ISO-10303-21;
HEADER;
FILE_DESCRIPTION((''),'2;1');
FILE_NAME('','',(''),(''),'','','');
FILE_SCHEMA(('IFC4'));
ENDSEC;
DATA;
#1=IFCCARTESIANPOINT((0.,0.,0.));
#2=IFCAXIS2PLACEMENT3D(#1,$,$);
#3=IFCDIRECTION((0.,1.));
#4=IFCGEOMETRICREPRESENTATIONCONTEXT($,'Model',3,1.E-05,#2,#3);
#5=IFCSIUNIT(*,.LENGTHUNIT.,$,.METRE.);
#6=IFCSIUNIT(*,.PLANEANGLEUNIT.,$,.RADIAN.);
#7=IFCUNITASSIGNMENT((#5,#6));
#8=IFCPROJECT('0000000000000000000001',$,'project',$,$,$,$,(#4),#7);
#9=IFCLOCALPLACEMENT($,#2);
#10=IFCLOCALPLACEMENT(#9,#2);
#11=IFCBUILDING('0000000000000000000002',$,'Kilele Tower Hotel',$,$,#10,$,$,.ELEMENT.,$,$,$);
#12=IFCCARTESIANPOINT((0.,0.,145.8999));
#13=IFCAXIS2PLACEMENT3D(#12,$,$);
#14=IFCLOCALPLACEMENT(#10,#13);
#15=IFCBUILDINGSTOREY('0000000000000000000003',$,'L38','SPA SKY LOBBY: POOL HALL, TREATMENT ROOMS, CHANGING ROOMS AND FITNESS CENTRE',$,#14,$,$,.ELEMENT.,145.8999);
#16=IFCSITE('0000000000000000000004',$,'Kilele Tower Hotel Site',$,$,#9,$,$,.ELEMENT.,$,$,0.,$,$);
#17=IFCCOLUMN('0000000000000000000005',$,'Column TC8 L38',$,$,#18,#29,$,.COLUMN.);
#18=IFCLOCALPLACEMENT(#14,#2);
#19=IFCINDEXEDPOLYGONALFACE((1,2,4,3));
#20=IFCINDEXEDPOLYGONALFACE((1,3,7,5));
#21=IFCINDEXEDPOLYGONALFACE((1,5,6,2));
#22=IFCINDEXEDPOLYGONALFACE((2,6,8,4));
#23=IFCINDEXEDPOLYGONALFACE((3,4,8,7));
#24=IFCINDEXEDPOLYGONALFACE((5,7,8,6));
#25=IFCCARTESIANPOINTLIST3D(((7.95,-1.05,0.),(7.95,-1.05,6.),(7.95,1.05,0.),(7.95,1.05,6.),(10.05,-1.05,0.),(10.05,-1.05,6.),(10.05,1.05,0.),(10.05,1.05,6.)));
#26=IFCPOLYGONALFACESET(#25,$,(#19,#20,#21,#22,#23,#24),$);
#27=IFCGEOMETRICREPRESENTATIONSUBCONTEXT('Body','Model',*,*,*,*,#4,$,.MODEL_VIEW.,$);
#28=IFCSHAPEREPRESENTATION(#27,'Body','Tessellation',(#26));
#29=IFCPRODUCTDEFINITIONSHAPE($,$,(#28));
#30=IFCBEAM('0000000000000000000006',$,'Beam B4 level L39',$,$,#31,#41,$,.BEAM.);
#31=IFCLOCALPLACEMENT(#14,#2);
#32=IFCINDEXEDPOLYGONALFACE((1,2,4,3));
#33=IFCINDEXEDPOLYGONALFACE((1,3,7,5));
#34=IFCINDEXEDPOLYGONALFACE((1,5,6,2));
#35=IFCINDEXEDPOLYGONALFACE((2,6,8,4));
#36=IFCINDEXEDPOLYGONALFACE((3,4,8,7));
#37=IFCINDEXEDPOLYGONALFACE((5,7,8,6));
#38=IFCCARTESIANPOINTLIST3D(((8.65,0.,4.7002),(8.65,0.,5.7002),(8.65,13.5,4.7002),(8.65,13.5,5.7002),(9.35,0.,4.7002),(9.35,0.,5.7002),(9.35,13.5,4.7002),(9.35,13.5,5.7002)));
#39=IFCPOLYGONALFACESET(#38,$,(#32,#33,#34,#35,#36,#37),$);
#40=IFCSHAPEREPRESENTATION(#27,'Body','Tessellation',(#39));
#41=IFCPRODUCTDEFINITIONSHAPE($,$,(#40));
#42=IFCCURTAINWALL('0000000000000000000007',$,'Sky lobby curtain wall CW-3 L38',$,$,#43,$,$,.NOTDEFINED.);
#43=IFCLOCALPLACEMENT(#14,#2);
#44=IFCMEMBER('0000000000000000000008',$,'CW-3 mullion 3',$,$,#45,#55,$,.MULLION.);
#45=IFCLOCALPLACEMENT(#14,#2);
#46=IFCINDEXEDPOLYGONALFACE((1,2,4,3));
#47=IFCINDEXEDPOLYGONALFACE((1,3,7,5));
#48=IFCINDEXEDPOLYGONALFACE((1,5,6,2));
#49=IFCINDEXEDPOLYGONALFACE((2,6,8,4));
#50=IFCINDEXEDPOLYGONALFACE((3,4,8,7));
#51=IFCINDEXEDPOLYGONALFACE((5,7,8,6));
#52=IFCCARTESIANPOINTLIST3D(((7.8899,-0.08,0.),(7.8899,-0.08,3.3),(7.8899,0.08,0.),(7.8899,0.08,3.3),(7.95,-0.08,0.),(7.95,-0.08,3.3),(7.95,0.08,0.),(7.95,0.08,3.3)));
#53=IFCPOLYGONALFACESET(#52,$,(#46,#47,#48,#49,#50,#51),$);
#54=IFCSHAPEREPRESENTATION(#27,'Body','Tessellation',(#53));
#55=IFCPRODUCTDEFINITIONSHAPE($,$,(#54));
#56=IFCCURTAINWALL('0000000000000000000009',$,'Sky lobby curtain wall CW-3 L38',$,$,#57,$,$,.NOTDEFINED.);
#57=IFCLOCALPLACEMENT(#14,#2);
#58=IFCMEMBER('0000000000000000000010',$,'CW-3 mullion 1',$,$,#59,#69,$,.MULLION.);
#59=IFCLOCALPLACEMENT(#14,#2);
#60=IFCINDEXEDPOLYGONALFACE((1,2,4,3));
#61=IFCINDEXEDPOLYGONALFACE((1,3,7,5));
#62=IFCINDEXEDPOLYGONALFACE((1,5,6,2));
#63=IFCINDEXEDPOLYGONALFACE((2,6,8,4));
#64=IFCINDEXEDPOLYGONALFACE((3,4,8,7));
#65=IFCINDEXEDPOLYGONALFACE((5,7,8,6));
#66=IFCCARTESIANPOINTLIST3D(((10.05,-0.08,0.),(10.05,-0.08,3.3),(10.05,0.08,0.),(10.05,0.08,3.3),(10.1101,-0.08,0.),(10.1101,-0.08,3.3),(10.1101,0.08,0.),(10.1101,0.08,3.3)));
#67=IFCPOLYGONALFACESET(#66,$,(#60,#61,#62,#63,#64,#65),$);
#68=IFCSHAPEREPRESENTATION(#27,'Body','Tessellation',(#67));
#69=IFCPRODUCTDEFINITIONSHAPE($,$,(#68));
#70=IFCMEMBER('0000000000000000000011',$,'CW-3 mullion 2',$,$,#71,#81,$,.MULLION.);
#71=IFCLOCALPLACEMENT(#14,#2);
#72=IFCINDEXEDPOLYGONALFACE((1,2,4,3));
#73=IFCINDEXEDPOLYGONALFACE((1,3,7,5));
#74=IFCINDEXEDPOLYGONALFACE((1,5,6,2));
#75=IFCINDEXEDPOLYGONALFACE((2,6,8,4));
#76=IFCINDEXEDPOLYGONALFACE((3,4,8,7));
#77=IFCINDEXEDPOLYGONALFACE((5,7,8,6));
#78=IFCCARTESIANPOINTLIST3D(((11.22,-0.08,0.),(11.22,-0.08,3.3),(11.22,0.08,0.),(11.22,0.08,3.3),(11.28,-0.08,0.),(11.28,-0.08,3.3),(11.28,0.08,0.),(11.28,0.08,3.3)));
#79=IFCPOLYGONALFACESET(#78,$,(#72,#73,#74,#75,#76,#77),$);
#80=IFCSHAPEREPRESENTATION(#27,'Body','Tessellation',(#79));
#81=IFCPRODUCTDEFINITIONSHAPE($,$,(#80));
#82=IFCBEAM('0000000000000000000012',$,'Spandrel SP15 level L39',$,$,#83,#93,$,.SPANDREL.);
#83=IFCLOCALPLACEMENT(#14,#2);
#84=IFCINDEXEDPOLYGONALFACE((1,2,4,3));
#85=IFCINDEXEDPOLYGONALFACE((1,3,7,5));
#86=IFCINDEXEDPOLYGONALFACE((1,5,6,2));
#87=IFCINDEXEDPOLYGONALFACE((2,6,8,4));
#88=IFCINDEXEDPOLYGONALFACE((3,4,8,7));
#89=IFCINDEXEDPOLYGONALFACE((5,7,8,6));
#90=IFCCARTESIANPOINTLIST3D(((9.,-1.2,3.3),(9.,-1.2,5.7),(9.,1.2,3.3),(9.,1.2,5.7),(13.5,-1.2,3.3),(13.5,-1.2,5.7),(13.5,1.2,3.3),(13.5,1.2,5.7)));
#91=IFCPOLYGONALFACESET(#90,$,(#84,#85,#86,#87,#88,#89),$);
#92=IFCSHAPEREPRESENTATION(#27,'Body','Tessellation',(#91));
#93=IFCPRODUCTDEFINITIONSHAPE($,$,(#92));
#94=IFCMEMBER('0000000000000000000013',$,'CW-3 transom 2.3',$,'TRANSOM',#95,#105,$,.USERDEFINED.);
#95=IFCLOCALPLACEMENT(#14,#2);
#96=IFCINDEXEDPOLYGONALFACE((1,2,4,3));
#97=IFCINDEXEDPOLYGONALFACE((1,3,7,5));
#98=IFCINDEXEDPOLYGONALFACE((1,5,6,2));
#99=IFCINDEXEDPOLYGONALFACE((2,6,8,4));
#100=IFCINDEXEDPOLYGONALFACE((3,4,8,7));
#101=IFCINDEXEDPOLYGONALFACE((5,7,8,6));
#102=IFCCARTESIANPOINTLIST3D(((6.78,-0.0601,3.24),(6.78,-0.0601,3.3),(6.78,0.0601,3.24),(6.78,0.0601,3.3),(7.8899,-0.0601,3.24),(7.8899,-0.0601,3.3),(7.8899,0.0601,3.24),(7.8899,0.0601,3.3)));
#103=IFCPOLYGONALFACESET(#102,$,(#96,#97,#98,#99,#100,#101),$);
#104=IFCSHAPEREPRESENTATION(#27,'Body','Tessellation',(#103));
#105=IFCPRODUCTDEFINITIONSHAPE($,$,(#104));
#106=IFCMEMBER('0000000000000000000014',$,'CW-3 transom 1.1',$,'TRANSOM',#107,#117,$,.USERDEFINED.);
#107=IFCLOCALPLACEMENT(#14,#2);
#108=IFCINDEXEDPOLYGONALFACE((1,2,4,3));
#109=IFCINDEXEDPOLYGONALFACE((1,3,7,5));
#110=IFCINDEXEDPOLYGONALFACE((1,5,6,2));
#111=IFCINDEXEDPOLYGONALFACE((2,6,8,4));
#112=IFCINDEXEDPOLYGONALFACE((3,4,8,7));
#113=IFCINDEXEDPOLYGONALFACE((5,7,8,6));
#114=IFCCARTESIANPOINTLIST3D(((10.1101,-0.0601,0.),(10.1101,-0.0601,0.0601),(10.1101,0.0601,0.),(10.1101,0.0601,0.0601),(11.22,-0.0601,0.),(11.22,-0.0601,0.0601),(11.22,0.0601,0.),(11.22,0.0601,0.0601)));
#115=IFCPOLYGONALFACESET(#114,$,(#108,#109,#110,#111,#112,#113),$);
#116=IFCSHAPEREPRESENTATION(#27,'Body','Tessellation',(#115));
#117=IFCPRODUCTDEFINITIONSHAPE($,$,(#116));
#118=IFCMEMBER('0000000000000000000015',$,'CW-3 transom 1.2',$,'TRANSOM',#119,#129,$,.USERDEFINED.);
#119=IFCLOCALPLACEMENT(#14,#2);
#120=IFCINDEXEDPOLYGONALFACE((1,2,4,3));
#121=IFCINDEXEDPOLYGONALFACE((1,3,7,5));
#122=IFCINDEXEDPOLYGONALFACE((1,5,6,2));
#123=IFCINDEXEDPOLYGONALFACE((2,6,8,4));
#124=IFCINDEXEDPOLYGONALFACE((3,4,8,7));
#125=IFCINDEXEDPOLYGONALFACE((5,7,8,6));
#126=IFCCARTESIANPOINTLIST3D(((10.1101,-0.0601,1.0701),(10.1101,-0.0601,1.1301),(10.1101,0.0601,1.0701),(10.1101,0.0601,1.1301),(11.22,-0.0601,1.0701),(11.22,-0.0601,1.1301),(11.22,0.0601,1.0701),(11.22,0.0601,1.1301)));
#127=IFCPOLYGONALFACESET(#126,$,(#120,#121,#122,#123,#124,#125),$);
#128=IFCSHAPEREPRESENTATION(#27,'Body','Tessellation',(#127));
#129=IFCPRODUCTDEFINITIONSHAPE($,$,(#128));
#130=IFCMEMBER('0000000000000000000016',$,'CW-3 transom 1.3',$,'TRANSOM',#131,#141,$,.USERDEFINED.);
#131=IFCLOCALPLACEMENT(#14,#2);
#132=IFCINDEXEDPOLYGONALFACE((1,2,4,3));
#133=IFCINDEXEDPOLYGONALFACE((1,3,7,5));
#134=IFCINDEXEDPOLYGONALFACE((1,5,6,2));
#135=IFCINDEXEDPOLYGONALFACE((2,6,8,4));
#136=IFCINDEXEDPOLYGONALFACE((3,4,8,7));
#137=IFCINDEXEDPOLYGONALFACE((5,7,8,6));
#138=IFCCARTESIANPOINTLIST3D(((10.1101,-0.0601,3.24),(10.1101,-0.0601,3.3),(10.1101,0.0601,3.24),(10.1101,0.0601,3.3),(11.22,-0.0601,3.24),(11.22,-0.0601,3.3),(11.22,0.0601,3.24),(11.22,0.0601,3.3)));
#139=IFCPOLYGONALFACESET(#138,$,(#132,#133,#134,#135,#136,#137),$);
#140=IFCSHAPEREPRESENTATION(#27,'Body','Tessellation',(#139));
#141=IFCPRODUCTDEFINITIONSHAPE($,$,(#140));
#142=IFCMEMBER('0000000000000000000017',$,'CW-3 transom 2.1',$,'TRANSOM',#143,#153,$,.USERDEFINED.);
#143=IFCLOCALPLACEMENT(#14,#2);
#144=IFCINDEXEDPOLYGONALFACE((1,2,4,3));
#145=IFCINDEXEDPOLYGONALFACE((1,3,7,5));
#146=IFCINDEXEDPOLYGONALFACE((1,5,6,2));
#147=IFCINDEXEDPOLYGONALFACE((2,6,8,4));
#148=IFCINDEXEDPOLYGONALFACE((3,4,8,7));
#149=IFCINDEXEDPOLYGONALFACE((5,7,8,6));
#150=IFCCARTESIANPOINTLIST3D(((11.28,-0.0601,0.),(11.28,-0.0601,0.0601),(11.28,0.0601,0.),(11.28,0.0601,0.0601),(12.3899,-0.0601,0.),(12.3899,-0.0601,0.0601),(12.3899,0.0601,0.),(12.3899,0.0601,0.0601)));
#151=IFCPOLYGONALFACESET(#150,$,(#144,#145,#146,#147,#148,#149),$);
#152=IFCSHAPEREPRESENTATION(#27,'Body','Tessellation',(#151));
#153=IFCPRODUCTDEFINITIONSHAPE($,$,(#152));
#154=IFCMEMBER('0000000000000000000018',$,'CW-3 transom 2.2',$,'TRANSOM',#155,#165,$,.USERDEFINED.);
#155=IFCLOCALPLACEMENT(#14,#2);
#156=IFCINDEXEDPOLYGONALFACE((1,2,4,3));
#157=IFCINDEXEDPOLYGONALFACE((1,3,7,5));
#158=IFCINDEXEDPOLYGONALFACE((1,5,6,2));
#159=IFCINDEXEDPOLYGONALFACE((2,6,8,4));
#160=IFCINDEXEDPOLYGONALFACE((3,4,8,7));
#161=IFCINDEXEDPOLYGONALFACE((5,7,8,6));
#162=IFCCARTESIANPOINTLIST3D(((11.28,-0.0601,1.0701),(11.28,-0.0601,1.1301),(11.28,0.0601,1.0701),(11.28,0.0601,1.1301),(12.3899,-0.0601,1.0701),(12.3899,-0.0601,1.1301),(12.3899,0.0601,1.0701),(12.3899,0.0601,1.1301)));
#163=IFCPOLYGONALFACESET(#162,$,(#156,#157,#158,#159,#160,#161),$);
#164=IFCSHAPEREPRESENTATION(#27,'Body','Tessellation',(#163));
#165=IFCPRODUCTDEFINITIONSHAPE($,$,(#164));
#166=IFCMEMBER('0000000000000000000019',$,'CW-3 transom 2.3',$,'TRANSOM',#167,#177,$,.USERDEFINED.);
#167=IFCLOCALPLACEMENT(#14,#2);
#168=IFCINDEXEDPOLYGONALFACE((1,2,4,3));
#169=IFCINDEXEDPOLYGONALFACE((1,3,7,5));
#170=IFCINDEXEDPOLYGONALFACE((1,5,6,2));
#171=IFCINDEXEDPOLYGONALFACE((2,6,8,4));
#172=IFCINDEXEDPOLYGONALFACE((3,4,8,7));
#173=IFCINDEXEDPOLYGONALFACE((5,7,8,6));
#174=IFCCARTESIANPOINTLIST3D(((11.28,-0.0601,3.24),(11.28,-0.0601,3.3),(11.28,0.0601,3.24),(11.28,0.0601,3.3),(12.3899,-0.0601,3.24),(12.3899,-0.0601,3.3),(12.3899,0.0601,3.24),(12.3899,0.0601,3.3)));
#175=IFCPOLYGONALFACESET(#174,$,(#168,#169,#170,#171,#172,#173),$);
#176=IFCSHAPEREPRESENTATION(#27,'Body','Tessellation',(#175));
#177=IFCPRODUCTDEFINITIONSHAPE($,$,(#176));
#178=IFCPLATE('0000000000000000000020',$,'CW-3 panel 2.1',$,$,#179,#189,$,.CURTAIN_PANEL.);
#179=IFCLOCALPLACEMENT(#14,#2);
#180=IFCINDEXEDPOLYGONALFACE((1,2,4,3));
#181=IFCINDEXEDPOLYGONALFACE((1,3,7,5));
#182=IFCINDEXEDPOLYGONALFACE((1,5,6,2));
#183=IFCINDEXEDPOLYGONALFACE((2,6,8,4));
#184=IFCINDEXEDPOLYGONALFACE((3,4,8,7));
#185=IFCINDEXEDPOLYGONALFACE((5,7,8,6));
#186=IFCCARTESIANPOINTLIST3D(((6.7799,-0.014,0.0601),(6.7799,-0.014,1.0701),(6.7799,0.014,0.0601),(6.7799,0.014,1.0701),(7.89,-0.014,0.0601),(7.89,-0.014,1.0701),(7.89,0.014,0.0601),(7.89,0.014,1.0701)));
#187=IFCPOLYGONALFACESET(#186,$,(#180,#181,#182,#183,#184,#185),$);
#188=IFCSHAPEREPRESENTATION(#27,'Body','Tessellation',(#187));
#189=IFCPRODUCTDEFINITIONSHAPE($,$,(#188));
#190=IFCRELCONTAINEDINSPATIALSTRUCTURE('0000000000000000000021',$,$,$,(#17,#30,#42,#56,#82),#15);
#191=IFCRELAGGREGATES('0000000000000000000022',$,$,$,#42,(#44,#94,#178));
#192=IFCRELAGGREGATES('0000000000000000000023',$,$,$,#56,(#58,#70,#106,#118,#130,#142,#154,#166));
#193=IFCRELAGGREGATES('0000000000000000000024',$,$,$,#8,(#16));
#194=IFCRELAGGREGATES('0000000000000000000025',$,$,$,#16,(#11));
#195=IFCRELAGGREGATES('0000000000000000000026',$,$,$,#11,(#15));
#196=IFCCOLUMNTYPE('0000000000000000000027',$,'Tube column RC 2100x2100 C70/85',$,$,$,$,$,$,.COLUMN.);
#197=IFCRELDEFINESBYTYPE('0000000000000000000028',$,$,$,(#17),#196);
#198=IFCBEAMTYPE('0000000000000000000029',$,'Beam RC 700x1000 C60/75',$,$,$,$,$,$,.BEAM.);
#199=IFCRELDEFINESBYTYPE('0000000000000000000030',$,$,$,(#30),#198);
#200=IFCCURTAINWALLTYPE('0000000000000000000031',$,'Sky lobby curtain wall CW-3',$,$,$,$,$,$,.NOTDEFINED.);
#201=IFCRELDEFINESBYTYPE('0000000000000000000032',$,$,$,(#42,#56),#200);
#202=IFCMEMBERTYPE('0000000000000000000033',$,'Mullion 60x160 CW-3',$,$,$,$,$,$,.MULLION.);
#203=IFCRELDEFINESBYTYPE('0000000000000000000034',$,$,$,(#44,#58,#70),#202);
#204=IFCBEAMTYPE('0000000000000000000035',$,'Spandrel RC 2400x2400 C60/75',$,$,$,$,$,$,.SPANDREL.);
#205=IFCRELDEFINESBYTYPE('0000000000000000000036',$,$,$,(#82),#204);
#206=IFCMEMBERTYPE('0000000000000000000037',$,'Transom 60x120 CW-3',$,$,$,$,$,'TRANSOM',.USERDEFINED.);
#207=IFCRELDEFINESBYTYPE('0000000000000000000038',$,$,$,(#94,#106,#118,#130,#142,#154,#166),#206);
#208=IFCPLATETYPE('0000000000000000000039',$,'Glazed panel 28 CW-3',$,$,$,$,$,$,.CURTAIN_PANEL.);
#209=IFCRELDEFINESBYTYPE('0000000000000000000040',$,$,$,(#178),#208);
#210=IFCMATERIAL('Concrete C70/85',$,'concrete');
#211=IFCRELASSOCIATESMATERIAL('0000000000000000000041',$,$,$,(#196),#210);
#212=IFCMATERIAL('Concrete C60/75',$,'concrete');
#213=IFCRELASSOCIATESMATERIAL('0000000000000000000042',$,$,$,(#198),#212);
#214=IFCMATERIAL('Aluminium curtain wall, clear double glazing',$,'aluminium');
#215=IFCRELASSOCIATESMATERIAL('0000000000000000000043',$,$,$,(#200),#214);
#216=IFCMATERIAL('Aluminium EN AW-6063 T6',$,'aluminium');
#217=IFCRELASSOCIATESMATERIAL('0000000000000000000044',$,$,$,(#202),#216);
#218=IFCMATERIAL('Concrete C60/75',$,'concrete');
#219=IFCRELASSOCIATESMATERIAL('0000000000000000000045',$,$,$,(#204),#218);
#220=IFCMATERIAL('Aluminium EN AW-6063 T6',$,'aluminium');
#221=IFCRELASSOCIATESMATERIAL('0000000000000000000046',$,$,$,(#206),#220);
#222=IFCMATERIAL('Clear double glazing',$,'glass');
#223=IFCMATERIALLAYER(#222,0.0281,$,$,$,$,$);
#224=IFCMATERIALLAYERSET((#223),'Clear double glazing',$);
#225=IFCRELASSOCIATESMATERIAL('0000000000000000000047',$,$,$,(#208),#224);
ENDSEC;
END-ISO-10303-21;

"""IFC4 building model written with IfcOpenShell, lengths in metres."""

from ifc_helpers import new_model, si_unit, direction, frame, origin, origin_2d, place, context, subcontext, project, spatial, rectangle, extrude, material, layer, layer_set, material_profile, profile_set, type_object, element, aggregate, save


model = new_model("IFC4")

# Units and contexts
model_context = context("Model", 3, precision=1e-05, world=origin(), true_north=direction((0.0, 1.0)))
body_context = subcontext(model_context, "Body", "Model", "MODEL_VIEW")
ifc_project = project(units=[si_unit("LENGTHUNIT", "METRE"), si_unit("PLANEANGLEUNIT", "RADIAN")], contexts=[model_context])

# Site, building, storey
site_placement = place(None, origin())
site = spatial("IfcSite", under=ifc_project, at=site_placement, Name="Kilele Tower Hotel Site", CompositionType="ELEMENT", RefElevation=0.0)
building_placement = place(site_placement, origin())
building = spatial("IfcBuilding", under=site, at=building_placement, Name="Kilele Tower Hotel", CompositionType="ELEMENT")
storey_placement = place(building_placement, frame((0.0, 0.0, 145.8999)))
storey = spatial("IfcBuildingStorey", under=building, at=storey_placement, Name="L38", Description="SPA SKY LOBBY: POOL HALL, TREATMENT ROOMS, CHANGING ROOMS AND FITNESS CENTRE", CompositionType="ELEMENT", Elevation=145.8999)

# Column
ifc_material_1 = material(Name="Concrete C70/85", Category="concrete")
ifc_material_profile_1 = material_profile(ifc_material_1, rectangle(XDim=2.1001, YDim=2.1001, at=origin_2d()))
ifc_profile_set_1 = profile_set([ifc_material_profile_1], Name="Concrete C70/85")
column_type = type_object("IfcColumnType", Name="Tube column RC 2100x2100 C70/85", PredefinedType="COLUMN", material=ifc_profile_set_1)
column_placement = place(storey_placement, frame((9.0, 0.0, 0.0), z_axis=(0.0, 0.0, 1.0), x_axis=(1.0, 0.0, 0.0)))
element("IfcColumn", 1, at=column_placement, inside=storey, type_object=column_type, Name="Column TC8 L38", PredefinedType="COLUMN", context=body_context, shape_type="SweptSolid", body=[
    extrude(rectangle(XDim=2.1001, YDim=2.1001, at=origin_2d()), origin(), (0.0, 0.0, 1.0), 6.0),
])

# Beam
ifc_material_2 = material(Name="Concrete C60/75", Category="concrete")
ifc_material_profile_2 = material_profile(ifc_material_2, rectangle(XDim=0.7, YDim=1.0, at=origin_2d()))
ifc_profile_set_2 = profile_set([ifc_material_profile_2], Name="Concrete C60/75")
beam_type_1 = type_object("IfcBeamType", Name="Beam RC 700x1000 C60/75", PredefinedType="BEAM", material=ifc_profile_set_2)
beam_1_placement = place(storey_placement, frame((9.0, 0.0, 5.2002), z_axis=(0.0, 1.0, 0.0), x_axis=(-1.0, 0.0, 0.0)))
element("IfcBeam", 2, at=beam_1_placement, inside=storey, type_object=beam_type_1, Name="Beam B4 level L39", PredefinedType="BEAM", context=body_context, shape_type="SweptSolid", body=[
    extrude(rectangle(XDim=0.7, YDim=1.0, at=origin_2d()), origin(), (0.0, 0.0, 1.0), 13.5),
])

# Curtain wall, member
ifc_material_3 = material(Name="Aluminium curtain wall, clear double glazing", Category="aluminium")
curtain_wall_type = type_object("IfcCurtainWallType", Name="Sky lobby curtain wall CW-3", PredefinedType="NOTDEFINED", material=ifc_material_3)
curtain_wall_1_placement = place(storey_placement, origin())
curtain_wall_1 = element("IfcCurtainWall", 3, at=curtain_wall_1_placement, inside=storey, type_object=curtain_wall_type, Name="Sky lobby curtain wall CW-3 L38", PredefinedType="NOTDEFINED")
ifc_material_4 = material(Name="Aluminium EN AW-6063 T6", Category="aluminium")
ifc_material_profile_3 = material_profile(ifc_material_4, rectangle(XDim=0.1599, YDim=0.0601, at=origin_2d()))
ifc_profile_set_3 = profile_set([ifc_material_profile_3], Name="Aluminium EN AW-6063 T6")
member_type_1 = type_object("IfcMemberType", Name="Mullion 60x160 CW-3", PredefinedType="MULLION", material=ifc_profile_set_3)
member_1_placement = place(storey_placement, frame((7.9199, 0.0, 0.0), z_axis=(0.0, 0.0, 1.0), x_axis=(0.0, 1.0, 0.0)))
member_1 = element("IfcMember", 4, at=member_1_placement, type_object=member_type_1, Name="CW-3 mullion 3", PredefinedType="MULLION", context=body_context, shape_type="SweptSolid", body=[
    extrude(rectangle(XDim=0.1599, YDim=0.0601, at=origin_2d()), origin(), (0.0, 0.0, 1.0), 3.3),
])

# Curtain wall, members
curtain_wall_2_placement = place(storey_placement, origin())
curtain_wall_2 = element("IfcCurtainWall", 5, at=curtain_wall_2_placement, inside=storey, type_object=curtain_wall_type, Name="Sky lobby curtain wall CW-3 L38", PredefinedType="NOTDEFINED")
member_2_placement = place(storey_placement, frame((10.0801, 0.0, 0.0), z_axis=(0.0, 0.0, 1.0), x_axis=(0.0, 1.0, 0.0)))
member_2 = element("IfcMember", 6, at=member_2_placement, type_object=member_type_1, Name="CW-3 mullion 1", PredefinedType="MULLION", context=body_context, shape_type="SweptSolid", body=[
    extrude(rectangle(XDim=0.1599, YDim=0.0601, at=origin_2d()), origin(), (0.0, 0.0, 1.0), 3.3),
])
member_3_placement = place(storey_placement, frame((11.25, 0.0, 0.0), z_axis=(0.0, 0.0, 1.0), x_axis=(0.0, 1.0, 0.0)))
member_3 = element("IfcMember", 7, at=member_3_placement, type_object=member_type_1, Name="CW-3 mullion 2", PredefinedType="MULLION", context=body_context, shape_type="SweptSolid", body=[
    extrude(rectangle(XDim=0.1599, YDim=0.0601, at=origin_2d()), origin(), (0.0, 0.0, 1.0), 3.3),
])

# Beam
ifc_material_5 = material(Name="Concrete C60/75", Category="concrete")
ifc_material_profile_4 = material_profile(ifc_material_5, rectangle(XDim=2.3999, YDim=2.3999, at=origin_2d()))
ifc_profile_set_4 = profile_set([ifc_material_profile_4], Name="Concrete C60/75")
beam_type_2 = type_object("IfcBeamType", Name="Spandrel RC 2400x2400 C60/75", PredefinedType="SPANDREL", material=ifc_profile_set_4)
beam_2_placement = place(storey_placement, frame((9.0, 0.0, 4.5), z_axis=(1.0, 0.0, 0.0), x_axis=(0.0, 1.0, 0.0)))
element("IfcBeam", 8, at=beam_2_placement, inside=storey, type_object=beam_type_2, Name="Spandrel SP15 level L39", PredefinedType="SPANDREL", context=body_context, shape_type="SweptSolid", body=[
    extrude(rectangle(XDim=2.3999, YDim=2.3999, at=origin_2d()), origin(), (0.0, 0.0, 1.0), 4.5),
])

# Members
ifc_material_6 = material(Name="Aluminium EN AW-6063 T6", Category="aluminium")
ifc_material_profile_5 = material_profile(ifc_material_6, rectangle(XDim=0.1201, YDim=0.0601, at=origin_2d()))
ifc_profile_set_5 = profile_set([ifc_material_profile_5], Name="Aluminium EN AW-6063 T6")
member_type_2 = type_object("IfcMemberType", Name="Transom 60x120 CW-3", ElementType="TRANSOM", PredefinedType="USERDEFINED", material=ifc_profile_set_5)
member_4_placement = place(storey_placement, frame((6.78, 0.0, 3.27), z_axis=(1.0, 0.0, 0.0), x_axis=(0.0, 1.0, 0.0)))
member_4 = element("IfcMember", 9, at=member_4_placement, type_object=member_type_2, Name="CW-3 transom 2.3", ObjectType="TRANSOM", PredefinedType="USERDEFINED", context=body_context, shape_type="SweptSolid", body=[
    extrude(rectangle(XDim=0.1201, YDim=0.0601, at=origin_2d()), origin(), (0.0, 0.0, 1.0), 1.1099),
])
member_5_placement = place(storey_placement, frame((10.1101, 0.0, 0.03), z_axis=(1.0, 0.0, 0.0), x_axis=(0.0, 1.0, 0.0)))
member_5 = element("IfcMember", 10, at=member_5_placement, type_object=member_type_2, Name="CW-3 transom 1.1", ObjectType="TRANSOM", PredefinedType="USERDEFINED", context=body_context, shape_type="SweptSolid", body=[
    extrude(rectangle(XDim=0.1201, YDim=0.0601, at=origin_2d()), origin(), (0.0, 0.0, 1.0), 1.1099),
])
member_6_placement = place(storey_placement, frame((10.1101, 0.0, 1.1001), z_axis=(1.0, 0.0, 0.0), x_axis=(0.0, 1.0, 0.0)))
member_6 = element("IfcMember", 11, at=member_6_placement, type_object=member_type_2, Name="CW-3 transom 1.2", ObjectType="TRANSOM", PredefinedType="USERDEFINED", context=body_context, shape_type="SweptSolid", body=[
    extrude(rectangle(XDim=0.1201, YDim=0.0601, at=origin_2d()), origin(), (0.0, 0.0, 1.0), 1.1099),
])
member_7_placement = place(storey_placement, frame((10.1101, 0.0, 3.27), z_axis=(1.0, 0.0, 0.0), x_axis=(0.0, 1.0, 0.0)))
member_7 = element("IfcMember", 12, at=member_7_placement, type_object=member_type_2, Name="CW-3 transom 1.3", ObjectType="TRANSOM", PredefinedType="USERDEFINED", context=body_context, shape_type="SweptSolid", body=[
    extrude(rectangle(XDim=0.1201, YDim=0.0601, at=origin_2d()), origin(), (0.0, 0.0, 1.0), 1.1099),
])
member_8_placement = place(storey_placement, frame((11.28, 0.0, 0.03), z_axis=(1.0, 0.0, 0.0), x_axis=(0.0, 1.0, 0.0)))
member_8 = element("IfcMember", 13, at=member_8_placement, type_object=member_type_2, Name="CW-3 transom 2.1", ObjectType="TRANSOM", PredefinedType="USERDEFINED", context=body_context, shape_type="SweptSolid", body=[
    extrude(rectangle(XDim=0.1201, YDim=0.0601, at=origin_2d()), origin(), (0.0, 0.0, 1.0), 1.1099),
])
member_9_placement = place(storey_placement, frame((11.28, 0.0, 1.1001), z_axis=(1.0, 0.0, 0.0), x_axis=(0.0, 1.0, 0.0)))
member_9 = element("IfcMember", 14, at=member_9_placement, type_object=member_type_2, Name="CW-3 transom 2.2", ObjectType="TRANSOM", PredefinedType="USERDEFINED", context=body_context, shape_type="SweptSolid", body=[
    extrude(rectangle(XDim=0.1201, YDim=0.0601, at=origin_2d()), origin(), (0.0, 0.0, 1.0), 1.1099),
])
member_10_placement = place(storey_placement, frame((11.28, 0.0, 3.27), z_axis=(1.0, 0.0, 0.0), x_axis=(0.0, 1.0, 0.0)))
member_10 = element("IfcMember", 15, at=member_10_placement, type_object=member_type_2, Name="CW-3 transom 2.3", ObjectType="TRANSOM", PredefinedType="USERDEFINED", context=body_context, shape_type="SweptSolid", body=[
    extrude(rectangle(XDim=0.1201, YDim=0.0601, at=origin_2d()), origin(), (0.0, 0.0, 1.0), 1.1099),
])

# Plate
ifc_material_7 = material(Name="Clear double glazing", Category="glass")
ifc_layer = layer(ifc_material_7, 0.0281)
ifc_layer_set = layer_set([ifc_layer], Name="Clear double glazing")
plate_type = type_object("IfcPlateType", Name="Glazed panel 28 CW-3", PredefinedType="CURTAIN_PANEL", material=ifc_layer_set)
plate_1_placement = place(storey_placement, frame((7.335, 0.0, 0.0601), z_axis=(0.0, 0.0, 1.0), x_axis=(1.0, 0.0, 0.0)))
plate_1 = element("IfcPlate", 16, at=plate_1_placement, type_object=plate_type, Name="CW-3 panel 2.1", PredefinedType="CURTAIN_PANEL", context=body_context, shape_type="SweptSolid", body=[
    extrude(rectangle(XDim=1.1101, YDim=0.0281, at=origin_2d()), origin(), (0.0, 0.0, 1.0), 1.01),
])
aggregate(curtain_wall_1, [member_1, member_4, plate_1])
aggregate(curtain_wall_2, [member_2, member_3, member_5, member_6, member_7, member_8, member_9, member_10])

save(model, "model.ifc")
